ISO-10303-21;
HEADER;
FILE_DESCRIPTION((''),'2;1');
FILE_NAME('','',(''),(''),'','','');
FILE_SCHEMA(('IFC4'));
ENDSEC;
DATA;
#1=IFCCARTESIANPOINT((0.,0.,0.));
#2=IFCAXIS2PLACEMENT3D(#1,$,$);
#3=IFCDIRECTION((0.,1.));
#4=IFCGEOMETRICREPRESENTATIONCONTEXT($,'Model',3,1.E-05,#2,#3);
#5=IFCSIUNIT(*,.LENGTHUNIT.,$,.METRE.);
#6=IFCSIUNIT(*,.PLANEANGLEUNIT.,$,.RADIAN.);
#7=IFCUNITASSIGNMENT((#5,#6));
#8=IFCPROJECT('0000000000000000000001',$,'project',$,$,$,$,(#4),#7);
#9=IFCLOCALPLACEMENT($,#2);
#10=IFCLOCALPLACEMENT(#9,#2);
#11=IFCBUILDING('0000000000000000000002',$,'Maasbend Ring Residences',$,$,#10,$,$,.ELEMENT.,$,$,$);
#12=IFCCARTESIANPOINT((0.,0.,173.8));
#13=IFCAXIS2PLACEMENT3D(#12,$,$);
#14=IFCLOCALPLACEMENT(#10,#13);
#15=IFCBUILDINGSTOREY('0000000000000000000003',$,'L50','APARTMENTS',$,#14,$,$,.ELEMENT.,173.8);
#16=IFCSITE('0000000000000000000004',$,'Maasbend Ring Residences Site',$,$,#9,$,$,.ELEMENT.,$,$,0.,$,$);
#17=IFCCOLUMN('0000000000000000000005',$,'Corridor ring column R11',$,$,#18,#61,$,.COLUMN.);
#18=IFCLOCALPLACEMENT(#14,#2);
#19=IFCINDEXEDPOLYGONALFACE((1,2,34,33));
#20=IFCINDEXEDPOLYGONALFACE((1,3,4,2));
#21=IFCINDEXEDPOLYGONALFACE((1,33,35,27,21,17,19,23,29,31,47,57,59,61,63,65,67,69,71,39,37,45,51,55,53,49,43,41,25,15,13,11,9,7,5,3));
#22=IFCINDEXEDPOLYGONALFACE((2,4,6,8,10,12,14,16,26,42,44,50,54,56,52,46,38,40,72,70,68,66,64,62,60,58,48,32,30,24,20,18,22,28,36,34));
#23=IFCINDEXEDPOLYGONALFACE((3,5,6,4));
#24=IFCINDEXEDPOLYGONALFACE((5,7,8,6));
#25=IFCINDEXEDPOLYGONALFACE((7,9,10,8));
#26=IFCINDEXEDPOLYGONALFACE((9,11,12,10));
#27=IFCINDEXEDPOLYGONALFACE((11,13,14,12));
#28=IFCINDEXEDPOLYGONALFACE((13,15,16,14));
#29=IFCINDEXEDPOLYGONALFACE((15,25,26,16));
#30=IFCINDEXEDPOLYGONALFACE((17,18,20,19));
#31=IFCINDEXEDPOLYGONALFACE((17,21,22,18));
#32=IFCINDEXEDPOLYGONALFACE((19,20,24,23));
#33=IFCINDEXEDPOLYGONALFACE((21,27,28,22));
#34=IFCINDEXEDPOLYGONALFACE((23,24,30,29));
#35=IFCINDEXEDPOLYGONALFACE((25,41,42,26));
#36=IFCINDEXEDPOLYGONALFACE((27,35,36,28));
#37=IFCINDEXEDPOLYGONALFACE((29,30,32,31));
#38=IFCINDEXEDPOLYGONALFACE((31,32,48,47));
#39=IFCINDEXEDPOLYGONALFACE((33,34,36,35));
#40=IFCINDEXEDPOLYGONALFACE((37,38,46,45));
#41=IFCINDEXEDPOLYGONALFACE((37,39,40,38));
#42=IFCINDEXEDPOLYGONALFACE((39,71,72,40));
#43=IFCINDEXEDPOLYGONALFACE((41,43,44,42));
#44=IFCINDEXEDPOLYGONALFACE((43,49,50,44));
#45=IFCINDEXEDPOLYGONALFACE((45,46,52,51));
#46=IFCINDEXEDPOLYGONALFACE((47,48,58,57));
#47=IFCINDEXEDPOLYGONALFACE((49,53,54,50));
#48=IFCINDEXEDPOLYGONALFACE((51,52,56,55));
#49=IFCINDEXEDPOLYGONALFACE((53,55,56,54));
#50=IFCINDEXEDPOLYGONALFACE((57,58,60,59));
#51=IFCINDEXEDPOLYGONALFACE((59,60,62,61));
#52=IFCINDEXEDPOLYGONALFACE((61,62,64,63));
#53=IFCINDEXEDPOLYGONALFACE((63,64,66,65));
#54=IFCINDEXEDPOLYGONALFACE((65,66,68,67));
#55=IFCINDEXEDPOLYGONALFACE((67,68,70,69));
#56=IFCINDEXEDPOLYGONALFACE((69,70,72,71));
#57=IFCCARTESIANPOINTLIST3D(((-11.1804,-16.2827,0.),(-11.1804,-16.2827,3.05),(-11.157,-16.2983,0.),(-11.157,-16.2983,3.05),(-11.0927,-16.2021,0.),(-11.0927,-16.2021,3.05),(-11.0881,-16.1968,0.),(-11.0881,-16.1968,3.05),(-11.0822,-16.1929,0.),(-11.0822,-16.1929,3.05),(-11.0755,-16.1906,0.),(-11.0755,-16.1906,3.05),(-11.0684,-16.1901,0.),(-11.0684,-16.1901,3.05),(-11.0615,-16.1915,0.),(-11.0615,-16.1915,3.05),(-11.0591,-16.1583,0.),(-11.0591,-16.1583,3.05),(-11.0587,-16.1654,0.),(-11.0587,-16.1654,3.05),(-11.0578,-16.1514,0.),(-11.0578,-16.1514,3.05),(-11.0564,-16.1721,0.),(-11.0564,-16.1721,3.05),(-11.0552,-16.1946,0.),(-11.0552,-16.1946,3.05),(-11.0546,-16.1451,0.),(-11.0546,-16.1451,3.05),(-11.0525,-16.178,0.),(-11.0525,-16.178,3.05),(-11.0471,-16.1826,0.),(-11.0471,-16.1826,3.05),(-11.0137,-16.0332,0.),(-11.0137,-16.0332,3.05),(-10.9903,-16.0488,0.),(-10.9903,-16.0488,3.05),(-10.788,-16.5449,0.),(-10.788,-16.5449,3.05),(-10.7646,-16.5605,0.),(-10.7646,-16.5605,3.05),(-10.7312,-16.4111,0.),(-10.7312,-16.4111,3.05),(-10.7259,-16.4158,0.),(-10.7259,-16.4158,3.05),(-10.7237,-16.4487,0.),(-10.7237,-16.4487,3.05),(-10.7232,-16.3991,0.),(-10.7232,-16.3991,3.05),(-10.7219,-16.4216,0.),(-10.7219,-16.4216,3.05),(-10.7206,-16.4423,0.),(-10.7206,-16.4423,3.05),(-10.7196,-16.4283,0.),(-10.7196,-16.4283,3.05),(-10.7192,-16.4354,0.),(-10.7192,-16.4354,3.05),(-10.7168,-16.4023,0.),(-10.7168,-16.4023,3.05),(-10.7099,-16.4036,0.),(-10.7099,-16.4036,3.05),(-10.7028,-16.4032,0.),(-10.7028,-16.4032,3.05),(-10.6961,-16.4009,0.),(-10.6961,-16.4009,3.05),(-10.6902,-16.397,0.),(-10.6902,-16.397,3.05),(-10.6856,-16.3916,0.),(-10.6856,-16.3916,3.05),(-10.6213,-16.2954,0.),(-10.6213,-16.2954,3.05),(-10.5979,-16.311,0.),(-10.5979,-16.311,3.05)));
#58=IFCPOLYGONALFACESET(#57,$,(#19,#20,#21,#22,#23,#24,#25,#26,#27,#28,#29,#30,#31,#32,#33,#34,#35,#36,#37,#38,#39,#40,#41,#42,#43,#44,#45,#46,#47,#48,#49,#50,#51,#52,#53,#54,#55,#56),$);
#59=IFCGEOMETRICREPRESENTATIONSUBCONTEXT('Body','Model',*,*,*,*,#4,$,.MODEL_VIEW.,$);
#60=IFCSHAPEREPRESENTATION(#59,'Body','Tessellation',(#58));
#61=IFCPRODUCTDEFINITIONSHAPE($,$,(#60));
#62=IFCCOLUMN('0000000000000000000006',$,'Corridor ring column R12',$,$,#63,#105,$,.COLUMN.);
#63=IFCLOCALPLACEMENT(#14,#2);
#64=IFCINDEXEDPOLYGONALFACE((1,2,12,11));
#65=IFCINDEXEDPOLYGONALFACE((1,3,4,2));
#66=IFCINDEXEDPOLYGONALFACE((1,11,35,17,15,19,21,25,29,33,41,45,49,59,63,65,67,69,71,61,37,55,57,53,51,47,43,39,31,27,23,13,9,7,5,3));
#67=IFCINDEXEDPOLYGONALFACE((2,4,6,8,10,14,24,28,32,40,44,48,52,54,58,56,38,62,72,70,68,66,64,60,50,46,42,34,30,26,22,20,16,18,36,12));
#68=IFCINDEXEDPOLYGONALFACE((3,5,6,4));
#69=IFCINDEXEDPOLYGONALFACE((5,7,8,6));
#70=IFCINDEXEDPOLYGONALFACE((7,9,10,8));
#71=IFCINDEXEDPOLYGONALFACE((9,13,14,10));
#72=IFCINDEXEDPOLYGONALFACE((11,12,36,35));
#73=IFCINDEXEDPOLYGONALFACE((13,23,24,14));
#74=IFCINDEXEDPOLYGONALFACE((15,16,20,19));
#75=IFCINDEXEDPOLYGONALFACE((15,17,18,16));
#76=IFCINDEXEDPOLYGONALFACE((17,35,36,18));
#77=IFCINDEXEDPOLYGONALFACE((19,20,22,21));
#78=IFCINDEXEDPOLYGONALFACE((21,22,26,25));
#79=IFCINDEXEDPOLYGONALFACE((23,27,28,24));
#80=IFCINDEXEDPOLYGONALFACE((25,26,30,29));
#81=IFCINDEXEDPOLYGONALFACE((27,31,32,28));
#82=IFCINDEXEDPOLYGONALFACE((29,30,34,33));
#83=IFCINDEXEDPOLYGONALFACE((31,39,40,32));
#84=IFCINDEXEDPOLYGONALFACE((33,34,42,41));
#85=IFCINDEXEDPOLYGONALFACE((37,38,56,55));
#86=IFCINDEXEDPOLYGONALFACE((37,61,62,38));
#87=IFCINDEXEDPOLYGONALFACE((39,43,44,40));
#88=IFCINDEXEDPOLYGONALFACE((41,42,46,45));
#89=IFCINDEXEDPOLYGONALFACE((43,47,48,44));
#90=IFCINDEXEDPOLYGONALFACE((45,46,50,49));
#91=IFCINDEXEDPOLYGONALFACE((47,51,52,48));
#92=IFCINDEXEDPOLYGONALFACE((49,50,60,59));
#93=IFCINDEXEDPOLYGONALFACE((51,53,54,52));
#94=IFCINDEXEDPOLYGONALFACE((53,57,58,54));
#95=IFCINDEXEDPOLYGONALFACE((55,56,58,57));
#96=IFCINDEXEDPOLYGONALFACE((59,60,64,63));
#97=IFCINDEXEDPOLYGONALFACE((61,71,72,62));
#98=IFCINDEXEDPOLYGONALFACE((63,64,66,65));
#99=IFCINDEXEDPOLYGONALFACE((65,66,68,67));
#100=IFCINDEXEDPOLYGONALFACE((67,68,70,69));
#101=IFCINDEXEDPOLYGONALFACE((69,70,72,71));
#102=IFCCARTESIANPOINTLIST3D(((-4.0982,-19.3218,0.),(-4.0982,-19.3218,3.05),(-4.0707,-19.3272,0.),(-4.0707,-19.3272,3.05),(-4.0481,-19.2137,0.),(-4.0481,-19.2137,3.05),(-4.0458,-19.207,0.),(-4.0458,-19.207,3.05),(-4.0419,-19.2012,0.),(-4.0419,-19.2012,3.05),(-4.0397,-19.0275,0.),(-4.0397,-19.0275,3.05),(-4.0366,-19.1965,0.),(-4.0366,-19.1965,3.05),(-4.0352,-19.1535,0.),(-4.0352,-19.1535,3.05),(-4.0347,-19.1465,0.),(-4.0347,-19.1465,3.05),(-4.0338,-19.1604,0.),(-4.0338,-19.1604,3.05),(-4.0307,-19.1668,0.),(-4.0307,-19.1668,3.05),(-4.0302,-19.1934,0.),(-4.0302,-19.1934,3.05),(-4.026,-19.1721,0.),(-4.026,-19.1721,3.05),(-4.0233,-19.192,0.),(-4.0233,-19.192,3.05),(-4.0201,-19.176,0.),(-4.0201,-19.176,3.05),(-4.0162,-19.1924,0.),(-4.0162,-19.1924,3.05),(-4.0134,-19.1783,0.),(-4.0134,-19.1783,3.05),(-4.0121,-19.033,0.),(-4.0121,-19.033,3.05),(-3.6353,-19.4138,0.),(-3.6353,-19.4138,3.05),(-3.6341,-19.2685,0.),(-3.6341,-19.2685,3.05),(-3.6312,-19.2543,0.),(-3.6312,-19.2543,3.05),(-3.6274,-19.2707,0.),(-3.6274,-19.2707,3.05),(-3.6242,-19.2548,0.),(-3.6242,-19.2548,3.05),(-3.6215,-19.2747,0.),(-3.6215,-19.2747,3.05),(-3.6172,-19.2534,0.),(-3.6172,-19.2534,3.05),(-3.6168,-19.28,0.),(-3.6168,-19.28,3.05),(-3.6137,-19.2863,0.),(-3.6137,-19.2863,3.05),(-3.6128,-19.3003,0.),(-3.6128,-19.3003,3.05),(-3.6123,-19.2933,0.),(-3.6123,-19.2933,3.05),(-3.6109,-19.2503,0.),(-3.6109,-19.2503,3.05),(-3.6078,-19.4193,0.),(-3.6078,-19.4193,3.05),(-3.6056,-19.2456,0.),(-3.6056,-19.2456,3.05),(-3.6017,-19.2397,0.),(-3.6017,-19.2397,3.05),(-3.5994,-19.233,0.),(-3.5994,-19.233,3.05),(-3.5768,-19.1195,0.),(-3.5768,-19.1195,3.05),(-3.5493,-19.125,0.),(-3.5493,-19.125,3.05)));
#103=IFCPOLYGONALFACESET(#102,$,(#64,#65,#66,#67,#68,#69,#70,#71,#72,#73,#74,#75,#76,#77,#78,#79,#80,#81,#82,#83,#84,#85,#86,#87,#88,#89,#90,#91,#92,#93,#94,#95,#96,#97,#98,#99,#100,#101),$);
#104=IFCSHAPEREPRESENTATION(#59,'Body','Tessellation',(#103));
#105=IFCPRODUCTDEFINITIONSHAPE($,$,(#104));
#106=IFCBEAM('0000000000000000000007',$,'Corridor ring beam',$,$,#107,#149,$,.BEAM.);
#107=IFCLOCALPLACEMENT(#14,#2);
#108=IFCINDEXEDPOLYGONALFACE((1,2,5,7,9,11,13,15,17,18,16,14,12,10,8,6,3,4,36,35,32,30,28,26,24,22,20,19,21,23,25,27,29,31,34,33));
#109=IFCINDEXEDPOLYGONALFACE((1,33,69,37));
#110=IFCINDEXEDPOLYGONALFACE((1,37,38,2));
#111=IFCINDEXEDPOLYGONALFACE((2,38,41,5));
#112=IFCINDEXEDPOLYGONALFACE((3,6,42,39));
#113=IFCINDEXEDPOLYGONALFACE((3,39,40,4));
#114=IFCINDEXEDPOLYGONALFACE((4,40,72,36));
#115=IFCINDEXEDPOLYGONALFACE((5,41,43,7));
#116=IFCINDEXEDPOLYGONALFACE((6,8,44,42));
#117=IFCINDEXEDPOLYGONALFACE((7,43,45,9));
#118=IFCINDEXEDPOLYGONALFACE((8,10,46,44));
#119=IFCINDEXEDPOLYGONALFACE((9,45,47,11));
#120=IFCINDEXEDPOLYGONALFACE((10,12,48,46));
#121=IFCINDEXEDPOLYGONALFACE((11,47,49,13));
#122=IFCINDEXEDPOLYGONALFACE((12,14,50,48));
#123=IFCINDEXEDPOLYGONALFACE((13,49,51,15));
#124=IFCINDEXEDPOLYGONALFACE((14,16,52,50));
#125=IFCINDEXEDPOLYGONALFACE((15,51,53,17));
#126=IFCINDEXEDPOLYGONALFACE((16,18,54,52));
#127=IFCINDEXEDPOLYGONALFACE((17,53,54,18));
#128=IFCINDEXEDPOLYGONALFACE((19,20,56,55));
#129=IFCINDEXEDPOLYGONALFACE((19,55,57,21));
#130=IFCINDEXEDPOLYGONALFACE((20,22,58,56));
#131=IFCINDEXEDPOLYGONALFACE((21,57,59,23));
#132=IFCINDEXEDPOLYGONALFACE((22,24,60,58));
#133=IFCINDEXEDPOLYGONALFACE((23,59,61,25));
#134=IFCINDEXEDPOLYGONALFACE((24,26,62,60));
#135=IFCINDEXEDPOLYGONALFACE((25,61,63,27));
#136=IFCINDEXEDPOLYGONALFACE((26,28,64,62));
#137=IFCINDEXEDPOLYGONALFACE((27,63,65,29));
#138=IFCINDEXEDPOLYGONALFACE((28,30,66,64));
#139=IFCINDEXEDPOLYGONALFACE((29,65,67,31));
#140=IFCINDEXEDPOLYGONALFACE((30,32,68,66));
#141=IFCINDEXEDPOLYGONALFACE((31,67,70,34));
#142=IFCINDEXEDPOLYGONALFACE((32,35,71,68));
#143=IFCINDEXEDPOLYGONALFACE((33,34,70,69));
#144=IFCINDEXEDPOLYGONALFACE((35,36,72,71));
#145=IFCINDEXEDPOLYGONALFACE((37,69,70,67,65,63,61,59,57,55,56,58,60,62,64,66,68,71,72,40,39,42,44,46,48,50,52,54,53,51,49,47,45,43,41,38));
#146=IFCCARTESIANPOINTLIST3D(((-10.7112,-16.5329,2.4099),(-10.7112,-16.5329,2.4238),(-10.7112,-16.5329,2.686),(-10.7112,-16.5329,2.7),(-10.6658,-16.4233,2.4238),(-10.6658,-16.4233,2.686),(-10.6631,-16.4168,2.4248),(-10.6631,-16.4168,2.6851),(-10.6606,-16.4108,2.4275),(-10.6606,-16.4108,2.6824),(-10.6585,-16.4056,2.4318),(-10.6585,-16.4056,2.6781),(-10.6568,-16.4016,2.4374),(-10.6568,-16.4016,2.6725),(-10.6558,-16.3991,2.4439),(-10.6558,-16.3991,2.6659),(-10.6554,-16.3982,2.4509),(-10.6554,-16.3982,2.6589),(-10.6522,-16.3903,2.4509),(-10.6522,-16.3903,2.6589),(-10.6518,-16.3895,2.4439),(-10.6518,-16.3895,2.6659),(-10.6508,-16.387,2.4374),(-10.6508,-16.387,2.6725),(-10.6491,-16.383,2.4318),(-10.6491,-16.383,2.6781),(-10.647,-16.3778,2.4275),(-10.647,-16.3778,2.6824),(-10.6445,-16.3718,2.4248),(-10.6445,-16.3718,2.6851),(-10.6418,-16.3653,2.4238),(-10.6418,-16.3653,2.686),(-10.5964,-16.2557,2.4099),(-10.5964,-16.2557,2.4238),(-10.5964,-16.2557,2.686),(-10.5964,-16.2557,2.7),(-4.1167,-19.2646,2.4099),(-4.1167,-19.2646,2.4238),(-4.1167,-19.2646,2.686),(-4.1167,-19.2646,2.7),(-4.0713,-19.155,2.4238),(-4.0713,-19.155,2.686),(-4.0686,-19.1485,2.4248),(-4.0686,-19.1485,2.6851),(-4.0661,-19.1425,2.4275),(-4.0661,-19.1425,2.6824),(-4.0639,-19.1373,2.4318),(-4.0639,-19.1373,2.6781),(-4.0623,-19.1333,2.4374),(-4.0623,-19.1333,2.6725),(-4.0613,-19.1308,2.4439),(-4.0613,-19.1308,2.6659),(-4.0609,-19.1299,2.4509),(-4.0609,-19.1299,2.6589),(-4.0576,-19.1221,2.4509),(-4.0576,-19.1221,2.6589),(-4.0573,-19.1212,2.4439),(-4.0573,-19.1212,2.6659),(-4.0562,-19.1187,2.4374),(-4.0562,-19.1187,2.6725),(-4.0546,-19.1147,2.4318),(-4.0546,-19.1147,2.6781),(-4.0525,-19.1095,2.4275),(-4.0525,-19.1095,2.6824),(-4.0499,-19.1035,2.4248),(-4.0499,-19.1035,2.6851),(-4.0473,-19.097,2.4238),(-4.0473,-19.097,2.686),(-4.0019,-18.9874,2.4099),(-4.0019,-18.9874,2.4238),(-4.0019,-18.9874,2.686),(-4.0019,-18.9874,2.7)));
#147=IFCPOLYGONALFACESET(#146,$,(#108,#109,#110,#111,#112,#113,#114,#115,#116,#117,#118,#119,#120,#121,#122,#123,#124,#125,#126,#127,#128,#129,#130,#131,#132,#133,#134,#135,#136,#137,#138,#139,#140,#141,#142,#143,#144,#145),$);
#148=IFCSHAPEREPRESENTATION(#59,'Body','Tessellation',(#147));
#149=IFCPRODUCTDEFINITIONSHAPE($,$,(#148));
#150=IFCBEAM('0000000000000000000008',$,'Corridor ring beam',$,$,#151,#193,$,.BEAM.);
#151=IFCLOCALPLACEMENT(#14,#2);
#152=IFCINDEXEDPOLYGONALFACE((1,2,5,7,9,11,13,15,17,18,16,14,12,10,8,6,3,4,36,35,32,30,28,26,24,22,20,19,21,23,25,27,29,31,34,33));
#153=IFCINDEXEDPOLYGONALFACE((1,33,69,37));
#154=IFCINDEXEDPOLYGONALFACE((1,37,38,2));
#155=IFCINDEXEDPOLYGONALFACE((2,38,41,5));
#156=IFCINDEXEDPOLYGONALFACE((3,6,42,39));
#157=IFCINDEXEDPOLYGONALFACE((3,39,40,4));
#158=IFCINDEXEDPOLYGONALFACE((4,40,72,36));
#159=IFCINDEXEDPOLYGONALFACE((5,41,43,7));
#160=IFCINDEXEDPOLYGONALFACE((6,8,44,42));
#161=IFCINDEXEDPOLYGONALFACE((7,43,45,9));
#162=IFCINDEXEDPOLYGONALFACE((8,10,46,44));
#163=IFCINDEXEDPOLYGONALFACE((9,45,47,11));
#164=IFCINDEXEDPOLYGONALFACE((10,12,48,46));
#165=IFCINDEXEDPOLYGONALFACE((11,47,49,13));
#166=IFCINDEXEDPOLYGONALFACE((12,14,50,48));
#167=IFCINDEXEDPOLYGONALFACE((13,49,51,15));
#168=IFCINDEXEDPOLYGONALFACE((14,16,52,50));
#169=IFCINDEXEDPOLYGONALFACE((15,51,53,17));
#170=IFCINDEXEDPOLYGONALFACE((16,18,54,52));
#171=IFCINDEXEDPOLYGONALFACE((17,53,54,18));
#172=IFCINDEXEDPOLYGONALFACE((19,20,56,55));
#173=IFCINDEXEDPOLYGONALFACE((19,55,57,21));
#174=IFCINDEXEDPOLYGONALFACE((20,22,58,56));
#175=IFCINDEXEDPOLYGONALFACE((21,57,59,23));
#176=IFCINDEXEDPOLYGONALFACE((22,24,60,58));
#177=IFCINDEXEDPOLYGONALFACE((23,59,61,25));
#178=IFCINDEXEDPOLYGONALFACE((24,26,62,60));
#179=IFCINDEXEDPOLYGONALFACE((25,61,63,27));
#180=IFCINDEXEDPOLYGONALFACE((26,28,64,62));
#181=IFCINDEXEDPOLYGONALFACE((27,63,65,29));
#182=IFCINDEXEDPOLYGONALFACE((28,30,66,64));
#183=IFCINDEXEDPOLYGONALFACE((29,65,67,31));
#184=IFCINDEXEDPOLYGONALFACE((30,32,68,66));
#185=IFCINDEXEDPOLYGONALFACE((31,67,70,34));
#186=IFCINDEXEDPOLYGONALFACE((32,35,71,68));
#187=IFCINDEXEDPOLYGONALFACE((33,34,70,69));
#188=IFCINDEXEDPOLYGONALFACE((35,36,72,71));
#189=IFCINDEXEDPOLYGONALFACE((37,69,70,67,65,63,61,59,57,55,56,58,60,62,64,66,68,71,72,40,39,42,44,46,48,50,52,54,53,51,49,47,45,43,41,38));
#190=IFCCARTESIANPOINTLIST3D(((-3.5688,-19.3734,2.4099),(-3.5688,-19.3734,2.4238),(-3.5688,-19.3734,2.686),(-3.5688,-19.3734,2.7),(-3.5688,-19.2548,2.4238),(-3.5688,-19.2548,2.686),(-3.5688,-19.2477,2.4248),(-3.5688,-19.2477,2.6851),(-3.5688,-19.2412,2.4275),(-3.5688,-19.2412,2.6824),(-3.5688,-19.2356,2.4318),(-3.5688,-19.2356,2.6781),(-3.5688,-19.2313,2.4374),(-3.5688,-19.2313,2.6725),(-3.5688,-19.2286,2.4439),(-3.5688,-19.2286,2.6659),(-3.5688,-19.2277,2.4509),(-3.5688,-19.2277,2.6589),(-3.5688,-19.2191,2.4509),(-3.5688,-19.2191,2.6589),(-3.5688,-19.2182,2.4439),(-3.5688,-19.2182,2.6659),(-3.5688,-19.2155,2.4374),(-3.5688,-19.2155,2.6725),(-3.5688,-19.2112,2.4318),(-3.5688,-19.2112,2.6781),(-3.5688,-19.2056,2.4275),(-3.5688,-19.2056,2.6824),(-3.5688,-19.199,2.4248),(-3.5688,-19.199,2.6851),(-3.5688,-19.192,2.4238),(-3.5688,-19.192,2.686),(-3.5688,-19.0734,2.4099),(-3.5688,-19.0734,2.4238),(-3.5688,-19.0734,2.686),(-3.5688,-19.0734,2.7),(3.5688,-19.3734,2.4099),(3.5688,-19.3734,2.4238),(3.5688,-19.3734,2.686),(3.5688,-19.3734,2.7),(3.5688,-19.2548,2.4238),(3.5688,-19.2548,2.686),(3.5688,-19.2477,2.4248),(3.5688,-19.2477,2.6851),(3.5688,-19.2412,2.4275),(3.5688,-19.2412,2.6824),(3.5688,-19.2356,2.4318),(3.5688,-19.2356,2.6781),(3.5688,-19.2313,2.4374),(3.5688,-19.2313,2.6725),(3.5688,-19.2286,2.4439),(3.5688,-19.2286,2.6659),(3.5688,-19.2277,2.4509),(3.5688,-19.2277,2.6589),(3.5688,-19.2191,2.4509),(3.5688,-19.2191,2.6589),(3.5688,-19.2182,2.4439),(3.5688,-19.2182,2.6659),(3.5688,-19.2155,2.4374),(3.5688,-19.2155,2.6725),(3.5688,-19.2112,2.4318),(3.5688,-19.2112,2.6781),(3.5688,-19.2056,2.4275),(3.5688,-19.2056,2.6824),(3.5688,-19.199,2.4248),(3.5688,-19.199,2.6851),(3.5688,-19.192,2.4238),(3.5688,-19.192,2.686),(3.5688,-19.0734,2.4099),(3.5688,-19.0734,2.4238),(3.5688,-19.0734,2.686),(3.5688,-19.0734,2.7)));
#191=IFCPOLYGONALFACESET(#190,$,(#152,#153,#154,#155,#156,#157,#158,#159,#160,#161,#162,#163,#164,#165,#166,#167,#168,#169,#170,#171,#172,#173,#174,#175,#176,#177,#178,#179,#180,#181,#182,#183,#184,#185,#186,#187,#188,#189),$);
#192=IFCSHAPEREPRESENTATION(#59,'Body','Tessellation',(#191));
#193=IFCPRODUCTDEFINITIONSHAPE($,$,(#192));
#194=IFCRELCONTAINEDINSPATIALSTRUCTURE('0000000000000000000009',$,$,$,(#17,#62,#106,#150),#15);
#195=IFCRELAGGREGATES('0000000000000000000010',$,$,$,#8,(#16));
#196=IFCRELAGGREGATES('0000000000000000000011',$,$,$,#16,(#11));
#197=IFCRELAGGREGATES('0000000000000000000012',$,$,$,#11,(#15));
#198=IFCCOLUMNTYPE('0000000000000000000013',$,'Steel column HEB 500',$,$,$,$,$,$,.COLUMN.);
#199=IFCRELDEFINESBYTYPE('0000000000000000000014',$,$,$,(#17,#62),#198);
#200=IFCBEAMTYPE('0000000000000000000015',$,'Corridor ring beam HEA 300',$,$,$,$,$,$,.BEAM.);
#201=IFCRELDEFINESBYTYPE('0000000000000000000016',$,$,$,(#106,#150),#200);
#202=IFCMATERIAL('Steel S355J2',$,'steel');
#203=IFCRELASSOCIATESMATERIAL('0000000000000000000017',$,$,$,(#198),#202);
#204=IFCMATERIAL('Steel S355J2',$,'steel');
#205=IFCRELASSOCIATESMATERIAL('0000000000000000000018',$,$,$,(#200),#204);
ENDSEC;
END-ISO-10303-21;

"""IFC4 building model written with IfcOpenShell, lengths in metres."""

from ifc_helpers import new_model, si_unit, direction, frame, origin, origin_2d, place, context, subcontext, project, spatial, i_section, extrude, material, material_profile, profile_set, type_object, element, save


model = new_model("IFC4")

# Units and contexts
model_context = context("Model", 3, precision=1e-05, world=origin(), true_north=direction((0.0, 1.0)))
body_context = subcontext(model_context, "Body", "Model", "MODEL_VIEW")
ifc_project = project(units=[si_unit("LENGTHUNIT", "METRE"), si_unit("PLANEANGLEUNIT", "RADIAN")], contexts=[model_context])

# Site, building, storey
site_placement = place(None, origin())
site = spatial("IfcSite", under=ifc_project, at=site_placement, Name="Maasbend Ring Residences Site", CompositionType="ELEMENT", RefElevation=0.0)
building_placement = place(site_placement, origin())
building = spatial("IfcBuilding", under=site, at=building_placement, Name="Maasbend Ring Residences", CompositionType="ELEMENT")
storey_placement = place(building_placement, frame((0.0, 0.0, 173.8)))
storey = spatial("IfcBuildingStorey", under=building, at=storey_placement, Name="L50", Description="APARTMENTS", CompositionType="ELEMENT", Elevation=173.8)

# Columns
ifc_material_1 = material(Name="Steel S355J2", Category="steel")
ifc_material_profile_1 = material_profile(ifc_material_1, i_section(OverallWidth=0.3, OverallDepth=0.5, WebThickness=0.0144, FlangeThickness=0.0281, FilletRadius=0.0271, at=origin_2d()), Name="HEB 500")
ifc_profile_set_1 = profile_set([ifc_material_profile_1], Name="Steel S355J2")
column_type = type_object("IfcColumnType", Name="Steel column HEB 500", PredefinedType="COLUMN", material=ifc_profile_set_1)
for number, where, z_axis, x_axis, name in (
    (1, (-10.8892, -16.2969, 0.0), (0.0, 0.0, 1.0), (-0.55557, -0.83147, 0.0), "Corridor ring column R11"),
    (2, (-3.8237, -19.2234, 0.0), (0.0, 0.0, 1.0), (-0.19509, -0.980785, 0.0), "Corridor ring column R12"),
):
    element("IfcColumn", number, at=place(storey_placement, frame(where, z_axis=z_axis, x_axis=x_axis)), inside=storey, type_object=column_type, Name=name, PredefinedType="COLUMN", context=body_context, shape_type="SweptSolid", body=[
        extrude(i_section(OverallWidth=0.3, OverallDepth=0.5, WebThickness=0.0144, FlangeThickness=0.0281, FilletRadius=0.0271, at=origin_2d()), origin(), (0.0, 0.0, 1.0), 3.05),
    ])

# Beams
ifc_material_2 = material(Name="Steel S355J2", Category="steel")
ifc_material_profile_2 = material_profile(ifc_material_2, i_section(OverallWidth=0.3, OverallDepth=0.29, WebThickness=0.0085, FlangeThickness=0.0139, FilletRadius=0.0271, at=origin_2d()), Name="HEA 300")
ifc_profile_set_2 = profile_set([ifc_material_profile_2], Name="Steel S355J2")
beam_type = type_object("IfcBeamType", Name="Corridor ring beam HEA 300", PredefinedType="BEAM", material=ifc_profile_set_2)
beam_1_placement = place(storey_placement, frame((-10.6538, -16.3943, 2.5549), z_axis=(0.923871, -0.382703, 0.0), x_axis=(0.382703, 0.923871, 0.0)))
element("IfcBeam", 3, at=beam_1_placement, inside=storey, type_object=beam_type, Name="Corridor ring beam", PredefinedType="BEAM", context=body_context, shape_type="SweptSolid", body=[
    extrude(i_section(OverallWidth=0.3, OverallDepth=0.29, WebThickness=0.0085, FlangeThickness=0.0139, FilletRadius=0.0271, at=origin_2d()), origin(), (0.0, 0.0, 1.0), 7.1379),
])
beam_2_placement = place(storey_placement, frame((-3.5688, -19.2234, 2.5549), z_axis=(1.0, 0.0, 0.0), x_axis=(0.0, 1.0, 0.0)))
element("IfcBeam", 4, at=beam_2_placement, inside=storey, type_object=beam_type, Name="Corridor ring beam", PredefinedType="BEAM", context=body_context, shape_type="SweptSolid", body=[
    extrude(i_section(OverallWidth=0.3, OverallDepth=0.29, WebThickness=0.0085, FlangeThickness=0.0139, FilletRadius=0.0271, at=origin_2d()), origin(), (0.0, 0.0, 1.0), 7.1377),
])

save(model, "model.ifc")
